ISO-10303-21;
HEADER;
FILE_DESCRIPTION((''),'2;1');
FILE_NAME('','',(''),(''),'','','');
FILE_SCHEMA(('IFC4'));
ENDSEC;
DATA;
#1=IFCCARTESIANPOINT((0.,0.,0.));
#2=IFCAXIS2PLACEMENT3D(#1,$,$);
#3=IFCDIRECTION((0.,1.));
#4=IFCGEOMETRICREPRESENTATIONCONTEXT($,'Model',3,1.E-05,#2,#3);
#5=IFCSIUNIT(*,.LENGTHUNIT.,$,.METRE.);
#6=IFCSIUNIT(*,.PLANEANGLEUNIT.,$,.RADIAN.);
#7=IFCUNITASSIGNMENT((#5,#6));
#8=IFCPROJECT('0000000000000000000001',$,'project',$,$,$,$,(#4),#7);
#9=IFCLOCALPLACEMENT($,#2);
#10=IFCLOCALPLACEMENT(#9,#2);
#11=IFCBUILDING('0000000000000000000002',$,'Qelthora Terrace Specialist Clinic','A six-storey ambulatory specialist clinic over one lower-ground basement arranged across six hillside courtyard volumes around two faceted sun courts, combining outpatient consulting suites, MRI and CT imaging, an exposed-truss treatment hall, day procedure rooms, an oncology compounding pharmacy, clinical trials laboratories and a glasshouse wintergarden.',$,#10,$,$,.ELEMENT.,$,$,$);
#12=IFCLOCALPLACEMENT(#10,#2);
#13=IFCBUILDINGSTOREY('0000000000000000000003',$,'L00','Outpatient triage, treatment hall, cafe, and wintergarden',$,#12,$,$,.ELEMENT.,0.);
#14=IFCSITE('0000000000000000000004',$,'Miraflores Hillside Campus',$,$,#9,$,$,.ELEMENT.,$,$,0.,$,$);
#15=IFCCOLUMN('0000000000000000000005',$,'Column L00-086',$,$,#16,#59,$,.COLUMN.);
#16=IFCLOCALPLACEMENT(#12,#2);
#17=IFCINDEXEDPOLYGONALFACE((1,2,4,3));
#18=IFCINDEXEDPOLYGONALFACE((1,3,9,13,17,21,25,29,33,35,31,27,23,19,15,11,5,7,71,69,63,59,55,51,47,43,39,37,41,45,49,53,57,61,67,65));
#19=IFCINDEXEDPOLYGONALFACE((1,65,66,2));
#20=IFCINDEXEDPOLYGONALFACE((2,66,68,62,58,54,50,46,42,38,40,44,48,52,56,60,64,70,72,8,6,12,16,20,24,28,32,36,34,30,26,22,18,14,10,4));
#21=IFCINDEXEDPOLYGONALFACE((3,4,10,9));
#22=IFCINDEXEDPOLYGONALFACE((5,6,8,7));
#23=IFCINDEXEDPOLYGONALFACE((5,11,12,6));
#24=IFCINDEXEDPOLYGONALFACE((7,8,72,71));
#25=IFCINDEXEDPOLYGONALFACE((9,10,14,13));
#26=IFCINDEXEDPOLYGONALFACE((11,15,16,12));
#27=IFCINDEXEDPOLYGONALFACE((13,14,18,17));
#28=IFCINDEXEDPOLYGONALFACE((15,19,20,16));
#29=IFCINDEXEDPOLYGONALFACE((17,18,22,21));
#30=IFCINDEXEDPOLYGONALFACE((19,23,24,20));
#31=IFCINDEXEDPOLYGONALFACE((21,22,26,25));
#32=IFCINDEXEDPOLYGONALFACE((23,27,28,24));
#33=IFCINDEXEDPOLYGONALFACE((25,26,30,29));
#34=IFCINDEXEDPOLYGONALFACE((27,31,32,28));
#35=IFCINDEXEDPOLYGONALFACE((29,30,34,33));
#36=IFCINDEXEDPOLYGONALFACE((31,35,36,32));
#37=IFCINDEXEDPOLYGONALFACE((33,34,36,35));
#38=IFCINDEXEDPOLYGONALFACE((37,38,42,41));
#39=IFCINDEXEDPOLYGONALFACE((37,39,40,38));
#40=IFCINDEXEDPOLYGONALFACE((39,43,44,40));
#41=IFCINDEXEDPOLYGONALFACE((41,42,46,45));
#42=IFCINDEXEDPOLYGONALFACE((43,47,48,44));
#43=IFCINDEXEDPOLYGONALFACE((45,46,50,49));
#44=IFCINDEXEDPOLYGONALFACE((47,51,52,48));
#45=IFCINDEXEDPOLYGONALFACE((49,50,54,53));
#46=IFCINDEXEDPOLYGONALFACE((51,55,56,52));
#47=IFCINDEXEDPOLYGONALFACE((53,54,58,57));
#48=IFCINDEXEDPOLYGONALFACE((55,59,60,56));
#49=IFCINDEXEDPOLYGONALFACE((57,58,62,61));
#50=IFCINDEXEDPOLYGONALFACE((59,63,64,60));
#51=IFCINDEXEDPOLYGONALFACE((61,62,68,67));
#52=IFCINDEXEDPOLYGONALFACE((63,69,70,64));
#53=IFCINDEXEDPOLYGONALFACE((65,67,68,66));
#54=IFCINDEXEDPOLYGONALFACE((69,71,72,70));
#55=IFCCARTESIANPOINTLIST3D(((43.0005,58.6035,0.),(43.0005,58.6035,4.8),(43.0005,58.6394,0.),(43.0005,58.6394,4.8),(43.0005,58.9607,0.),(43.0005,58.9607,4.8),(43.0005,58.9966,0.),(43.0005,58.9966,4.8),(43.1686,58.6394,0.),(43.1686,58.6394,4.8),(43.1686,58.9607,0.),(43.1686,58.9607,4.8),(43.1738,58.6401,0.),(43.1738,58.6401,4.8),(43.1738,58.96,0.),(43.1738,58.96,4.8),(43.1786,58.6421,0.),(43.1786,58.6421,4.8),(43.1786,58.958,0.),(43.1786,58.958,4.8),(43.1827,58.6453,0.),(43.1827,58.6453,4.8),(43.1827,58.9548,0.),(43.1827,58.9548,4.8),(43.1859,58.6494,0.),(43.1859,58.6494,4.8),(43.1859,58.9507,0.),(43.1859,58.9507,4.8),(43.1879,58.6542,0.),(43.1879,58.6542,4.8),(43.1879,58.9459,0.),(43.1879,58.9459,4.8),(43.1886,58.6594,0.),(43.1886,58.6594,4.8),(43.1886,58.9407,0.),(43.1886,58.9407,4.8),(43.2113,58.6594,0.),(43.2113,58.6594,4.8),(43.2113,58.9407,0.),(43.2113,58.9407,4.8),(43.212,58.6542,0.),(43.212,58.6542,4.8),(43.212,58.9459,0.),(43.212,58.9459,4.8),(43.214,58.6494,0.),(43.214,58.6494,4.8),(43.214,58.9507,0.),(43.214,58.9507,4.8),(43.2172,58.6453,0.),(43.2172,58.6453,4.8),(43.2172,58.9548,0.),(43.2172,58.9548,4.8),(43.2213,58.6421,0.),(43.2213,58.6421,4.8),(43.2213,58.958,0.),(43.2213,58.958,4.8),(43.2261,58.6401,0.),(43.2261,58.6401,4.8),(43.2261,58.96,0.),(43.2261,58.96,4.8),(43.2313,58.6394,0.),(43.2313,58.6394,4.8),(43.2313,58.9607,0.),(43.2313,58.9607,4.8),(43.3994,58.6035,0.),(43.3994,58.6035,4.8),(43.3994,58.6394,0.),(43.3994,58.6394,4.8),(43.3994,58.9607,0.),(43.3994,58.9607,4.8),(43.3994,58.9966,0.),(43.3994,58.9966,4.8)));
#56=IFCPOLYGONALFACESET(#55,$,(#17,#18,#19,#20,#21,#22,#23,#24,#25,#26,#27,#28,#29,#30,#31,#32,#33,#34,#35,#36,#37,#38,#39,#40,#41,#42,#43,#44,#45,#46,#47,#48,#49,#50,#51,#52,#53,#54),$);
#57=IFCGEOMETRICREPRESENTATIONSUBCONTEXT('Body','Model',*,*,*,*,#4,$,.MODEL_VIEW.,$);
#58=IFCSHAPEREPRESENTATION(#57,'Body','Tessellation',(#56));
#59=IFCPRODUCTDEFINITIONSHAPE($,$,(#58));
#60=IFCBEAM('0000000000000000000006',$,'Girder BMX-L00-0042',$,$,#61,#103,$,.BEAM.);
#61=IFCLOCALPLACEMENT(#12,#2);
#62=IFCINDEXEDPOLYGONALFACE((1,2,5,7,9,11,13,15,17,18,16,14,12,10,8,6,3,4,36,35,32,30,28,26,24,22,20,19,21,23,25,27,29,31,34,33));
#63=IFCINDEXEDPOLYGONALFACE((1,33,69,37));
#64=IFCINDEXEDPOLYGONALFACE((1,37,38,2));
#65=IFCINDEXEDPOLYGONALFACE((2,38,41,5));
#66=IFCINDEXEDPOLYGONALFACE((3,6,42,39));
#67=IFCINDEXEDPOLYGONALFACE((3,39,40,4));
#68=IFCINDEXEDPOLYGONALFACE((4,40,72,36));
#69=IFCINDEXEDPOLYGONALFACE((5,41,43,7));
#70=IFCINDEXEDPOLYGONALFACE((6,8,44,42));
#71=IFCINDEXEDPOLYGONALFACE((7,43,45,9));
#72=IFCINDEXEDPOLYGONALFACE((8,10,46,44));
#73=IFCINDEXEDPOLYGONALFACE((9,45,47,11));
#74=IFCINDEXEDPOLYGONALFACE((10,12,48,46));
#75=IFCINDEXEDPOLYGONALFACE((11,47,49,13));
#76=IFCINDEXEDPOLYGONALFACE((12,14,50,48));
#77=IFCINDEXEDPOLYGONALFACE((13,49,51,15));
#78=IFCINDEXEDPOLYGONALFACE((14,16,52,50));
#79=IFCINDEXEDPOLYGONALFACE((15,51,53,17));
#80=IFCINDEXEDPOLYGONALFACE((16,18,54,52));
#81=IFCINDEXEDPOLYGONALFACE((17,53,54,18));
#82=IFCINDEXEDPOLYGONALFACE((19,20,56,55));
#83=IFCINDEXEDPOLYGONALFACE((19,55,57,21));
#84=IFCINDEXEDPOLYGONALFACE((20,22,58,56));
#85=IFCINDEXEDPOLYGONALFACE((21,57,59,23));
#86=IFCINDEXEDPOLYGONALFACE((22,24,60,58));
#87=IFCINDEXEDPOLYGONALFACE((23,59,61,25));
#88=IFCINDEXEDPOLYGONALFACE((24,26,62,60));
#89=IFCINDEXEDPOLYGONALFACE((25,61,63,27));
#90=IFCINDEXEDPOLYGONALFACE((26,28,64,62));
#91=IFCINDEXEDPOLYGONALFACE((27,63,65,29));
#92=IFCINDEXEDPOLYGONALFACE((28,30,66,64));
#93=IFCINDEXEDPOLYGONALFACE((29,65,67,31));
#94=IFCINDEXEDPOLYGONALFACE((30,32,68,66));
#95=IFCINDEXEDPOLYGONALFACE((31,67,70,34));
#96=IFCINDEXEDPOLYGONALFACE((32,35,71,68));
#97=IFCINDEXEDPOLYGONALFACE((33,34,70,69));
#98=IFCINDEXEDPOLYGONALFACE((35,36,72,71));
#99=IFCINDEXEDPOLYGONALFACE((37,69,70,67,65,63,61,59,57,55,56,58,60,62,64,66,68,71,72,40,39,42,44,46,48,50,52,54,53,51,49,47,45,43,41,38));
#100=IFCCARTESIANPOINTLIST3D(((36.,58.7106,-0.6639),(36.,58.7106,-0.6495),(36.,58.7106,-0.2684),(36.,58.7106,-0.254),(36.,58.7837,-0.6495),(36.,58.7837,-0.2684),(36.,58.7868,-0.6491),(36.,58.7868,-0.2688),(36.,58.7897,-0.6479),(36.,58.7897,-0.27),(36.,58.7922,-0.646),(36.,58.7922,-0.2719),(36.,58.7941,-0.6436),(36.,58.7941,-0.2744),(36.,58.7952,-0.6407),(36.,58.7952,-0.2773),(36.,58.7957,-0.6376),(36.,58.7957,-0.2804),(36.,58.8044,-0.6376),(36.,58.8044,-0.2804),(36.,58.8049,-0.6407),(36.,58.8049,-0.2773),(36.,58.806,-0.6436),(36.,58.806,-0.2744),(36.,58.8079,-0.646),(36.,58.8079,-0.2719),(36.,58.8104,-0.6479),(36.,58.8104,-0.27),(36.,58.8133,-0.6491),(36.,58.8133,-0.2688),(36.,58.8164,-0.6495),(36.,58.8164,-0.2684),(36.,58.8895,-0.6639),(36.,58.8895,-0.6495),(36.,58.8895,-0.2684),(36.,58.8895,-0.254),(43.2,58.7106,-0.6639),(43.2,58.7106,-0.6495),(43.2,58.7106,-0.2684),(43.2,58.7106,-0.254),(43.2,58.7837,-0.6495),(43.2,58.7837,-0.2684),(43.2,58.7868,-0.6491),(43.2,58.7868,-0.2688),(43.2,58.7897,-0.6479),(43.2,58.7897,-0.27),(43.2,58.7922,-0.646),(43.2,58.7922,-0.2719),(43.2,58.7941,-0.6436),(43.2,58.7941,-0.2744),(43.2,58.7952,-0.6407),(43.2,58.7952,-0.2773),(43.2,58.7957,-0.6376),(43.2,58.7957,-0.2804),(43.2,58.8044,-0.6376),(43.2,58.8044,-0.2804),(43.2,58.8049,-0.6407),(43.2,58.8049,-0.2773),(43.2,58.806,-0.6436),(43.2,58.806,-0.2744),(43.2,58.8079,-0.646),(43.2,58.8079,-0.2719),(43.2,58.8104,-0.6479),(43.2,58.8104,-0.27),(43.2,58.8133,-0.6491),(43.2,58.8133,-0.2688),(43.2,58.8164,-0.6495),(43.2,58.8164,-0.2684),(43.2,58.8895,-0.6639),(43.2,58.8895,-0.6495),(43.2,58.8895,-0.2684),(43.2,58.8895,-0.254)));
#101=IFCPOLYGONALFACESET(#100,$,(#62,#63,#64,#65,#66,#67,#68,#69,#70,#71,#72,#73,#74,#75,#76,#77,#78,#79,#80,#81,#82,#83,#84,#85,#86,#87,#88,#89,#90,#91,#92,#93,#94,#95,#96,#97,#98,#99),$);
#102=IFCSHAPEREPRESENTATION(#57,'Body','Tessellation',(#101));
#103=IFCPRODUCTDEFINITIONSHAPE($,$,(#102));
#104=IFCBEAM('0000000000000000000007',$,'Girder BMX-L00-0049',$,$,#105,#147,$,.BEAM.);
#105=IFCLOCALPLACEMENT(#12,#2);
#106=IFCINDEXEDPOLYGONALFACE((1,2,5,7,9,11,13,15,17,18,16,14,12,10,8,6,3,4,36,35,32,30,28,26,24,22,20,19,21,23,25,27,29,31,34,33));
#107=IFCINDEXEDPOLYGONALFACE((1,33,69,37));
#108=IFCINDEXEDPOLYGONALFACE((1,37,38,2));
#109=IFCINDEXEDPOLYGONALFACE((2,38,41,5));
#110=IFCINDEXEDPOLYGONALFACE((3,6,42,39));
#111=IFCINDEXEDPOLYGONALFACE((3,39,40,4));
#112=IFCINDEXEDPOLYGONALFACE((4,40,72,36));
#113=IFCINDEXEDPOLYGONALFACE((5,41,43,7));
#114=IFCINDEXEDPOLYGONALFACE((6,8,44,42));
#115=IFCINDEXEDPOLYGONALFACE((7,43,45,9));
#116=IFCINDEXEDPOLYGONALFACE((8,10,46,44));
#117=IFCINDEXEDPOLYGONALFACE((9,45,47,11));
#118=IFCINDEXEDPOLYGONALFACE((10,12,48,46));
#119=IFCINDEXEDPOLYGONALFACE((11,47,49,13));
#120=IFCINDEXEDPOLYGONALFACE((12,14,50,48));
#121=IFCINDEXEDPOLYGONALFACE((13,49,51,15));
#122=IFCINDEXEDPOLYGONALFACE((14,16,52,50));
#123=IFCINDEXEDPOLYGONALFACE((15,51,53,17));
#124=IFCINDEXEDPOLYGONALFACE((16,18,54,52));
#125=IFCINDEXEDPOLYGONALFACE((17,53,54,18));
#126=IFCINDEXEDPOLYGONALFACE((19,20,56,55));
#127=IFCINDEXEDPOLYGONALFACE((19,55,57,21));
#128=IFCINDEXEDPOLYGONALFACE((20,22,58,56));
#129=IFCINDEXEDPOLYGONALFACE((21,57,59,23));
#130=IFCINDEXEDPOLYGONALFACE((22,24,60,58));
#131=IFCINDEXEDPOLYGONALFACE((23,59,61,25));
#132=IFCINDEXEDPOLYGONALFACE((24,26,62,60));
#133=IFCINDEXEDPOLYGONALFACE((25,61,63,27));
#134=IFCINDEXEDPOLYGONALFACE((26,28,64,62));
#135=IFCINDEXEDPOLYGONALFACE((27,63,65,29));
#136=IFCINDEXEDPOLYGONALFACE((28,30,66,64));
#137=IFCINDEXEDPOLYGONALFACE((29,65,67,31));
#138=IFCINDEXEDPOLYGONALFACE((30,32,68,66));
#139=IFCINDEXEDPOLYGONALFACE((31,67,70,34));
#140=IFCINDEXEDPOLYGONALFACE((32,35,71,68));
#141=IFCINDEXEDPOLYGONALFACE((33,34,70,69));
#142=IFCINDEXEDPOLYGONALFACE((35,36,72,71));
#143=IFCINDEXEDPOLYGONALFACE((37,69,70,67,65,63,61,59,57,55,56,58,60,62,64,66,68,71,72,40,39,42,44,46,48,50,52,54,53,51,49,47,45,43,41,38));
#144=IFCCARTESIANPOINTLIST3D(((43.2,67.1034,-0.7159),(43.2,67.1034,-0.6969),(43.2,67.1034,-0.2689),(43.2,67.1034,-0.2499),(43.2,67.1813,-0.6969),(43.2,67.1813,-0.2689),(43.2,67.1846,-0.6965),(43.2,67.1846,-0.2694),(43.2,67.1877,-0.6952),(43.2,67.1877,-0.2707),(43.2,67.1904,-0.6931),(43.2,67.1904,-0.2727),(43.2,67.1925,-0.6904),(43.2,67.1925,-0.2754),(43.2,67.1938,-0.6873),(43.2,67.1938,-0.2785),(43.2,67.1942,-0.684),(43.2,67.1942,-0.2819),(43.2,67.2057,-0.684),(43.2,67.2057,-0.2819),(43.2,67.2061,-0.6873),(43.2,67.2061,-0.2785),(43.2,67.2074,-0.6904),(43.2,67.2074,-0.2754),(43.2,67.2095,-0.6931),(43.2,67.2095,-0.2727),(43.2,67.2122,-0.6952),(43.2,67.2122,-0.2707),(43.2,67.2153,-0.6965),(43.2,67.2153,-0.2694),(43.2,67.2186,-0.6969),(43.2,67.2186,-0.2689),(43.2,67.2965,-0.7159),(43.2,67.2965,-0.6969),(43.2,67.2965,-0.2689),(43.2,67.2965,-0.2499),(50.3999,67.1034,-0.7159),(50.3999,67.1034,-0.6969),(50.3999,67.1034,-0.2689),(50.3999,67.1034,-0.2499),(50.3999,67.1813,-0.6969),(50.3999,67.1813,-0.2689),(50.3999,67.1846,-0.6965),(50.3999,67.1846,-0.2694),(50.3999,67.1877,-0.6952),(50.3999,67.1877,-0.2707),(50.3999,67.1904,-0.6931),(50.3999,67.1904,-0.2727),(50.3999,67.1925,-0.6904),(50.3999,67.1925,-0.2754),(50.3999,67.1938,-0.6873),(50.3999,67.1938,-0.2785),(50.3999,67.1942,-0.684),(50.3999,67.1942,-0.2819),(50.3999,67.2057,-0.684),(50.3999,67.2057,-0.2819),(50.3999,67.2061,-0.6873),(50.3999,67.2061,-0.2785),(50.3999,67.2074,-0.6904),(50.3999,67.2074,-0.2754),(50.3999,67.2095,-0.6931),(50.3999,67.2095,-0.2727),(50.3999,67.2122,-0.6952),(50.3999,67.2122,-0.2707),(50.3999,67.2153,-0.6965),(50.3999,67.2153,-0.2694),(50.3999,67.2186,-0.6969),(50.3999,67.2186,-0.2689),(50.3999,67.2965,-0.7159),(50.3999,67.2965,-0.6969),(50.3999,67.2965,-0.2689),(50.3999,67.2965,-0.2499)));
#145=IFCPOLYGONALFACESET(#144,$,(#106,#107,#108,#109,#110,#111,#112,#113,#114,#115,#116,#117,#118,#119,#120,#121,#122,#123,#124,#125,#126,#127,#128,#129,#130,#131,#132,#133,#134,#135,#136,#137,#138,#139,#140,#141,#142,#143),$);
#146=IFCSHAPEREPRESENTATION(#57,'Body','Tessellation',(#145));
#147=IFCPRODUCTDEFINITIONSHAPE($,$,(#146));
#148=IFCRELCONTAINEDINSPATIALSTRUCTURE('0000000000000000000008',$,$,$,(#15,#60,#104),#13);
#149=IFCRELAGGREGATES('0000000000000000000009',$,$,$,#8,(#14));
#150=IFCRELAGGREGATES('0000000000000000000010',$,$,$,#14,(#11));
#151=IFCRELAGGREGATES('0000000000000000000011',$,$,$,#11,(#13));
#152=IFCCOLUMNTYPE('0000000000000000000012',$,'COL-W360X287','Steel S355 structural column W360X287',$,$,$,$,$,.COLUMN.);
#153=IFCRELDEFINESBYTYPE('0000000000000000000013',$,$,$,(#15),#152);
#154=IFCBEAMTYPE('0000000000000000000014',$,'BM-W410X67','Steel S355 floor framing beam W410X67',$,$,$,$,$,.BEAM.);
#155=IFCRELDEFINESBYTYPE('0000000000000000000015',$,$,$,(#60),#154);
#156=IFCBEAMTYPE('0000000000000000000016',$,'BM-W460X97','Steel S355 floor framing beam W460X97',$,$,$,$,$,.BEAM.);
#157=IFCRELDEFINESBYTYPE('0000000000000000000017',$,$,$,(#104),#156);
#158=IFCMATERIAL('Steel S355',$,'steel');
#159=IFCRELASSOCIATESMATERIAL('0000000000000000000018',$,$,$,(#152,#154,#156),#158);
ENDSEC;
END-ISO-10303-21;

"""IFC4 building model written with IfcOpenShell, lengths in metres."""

from ifc_helpers import new_model, si_unit, direction, frame, origin, origin_2d, place, context, subcontext, project, spatial, i_section, extrude, material, material_profile, profile_set, type_object, element, save


model = new_model("IFC4")

# Units and contexts
model_context = context("Model", 3, precision=1e-05, world=origin(), true_north=direction((0.0, 1.0)))
body_context = subcontext(model_context, "Body", "Model", "MODEL_VIEW")
ifc_project = project(units=[si_unit("LENGTHUNIT", "METRE"), si_unit("PLANEANGLEUNIT", "RADIAN")], contexts=[model_context])

# Site, building, storey
site_placement = place(None, origin())
site = spatial("IfcSite", under=ifc_project, at=site_placement, Name="Miraflores Hillside Campus", CompositionType="ELEMENT", RefElevation=0.0)
building_placement = place(site_placement, origin())
building = spatial("IfcBuilding", under=site, at=building_placement, Name="Qelthora Terrace Specialist Clinic", Description="A six-storey ambulatory specialist clinic over one lower-ground basement arranged across six hillside courtyard volumes around two faceted sun courts, combining outpatient consulting suites, MRI and CT imaging, an exposed-truss treatment hall, day procedure rooms, an oncology compounding pharmacy, clinical trials laboratories and a glasshouse wintergarden.", CompositionType="ELEMENT")
storey_placement = place(building_placement, origin())
storey = spatial("IfcBuildingStorey", under=building, at=storey_placement, Name="L00", Description="Outpatient triage, treatment hall, cafe, and wintergarden", CompositionType="ELEMENT", Elevation=0.0)

# Column
ifc_material_1 = material(Name="Steel S355", Category="steel")
ifc_material_profile_1 = material_profile(ifc_material_1, i_section(OverallWidth=0.3989, OverallDepth=0.3931, WebThickness=0.0227, FlangeThickness=0.0359, FilletRadius=0.02, at=origin_2d()), Name="W360X287")
ifc_profile_set_1 = profile_set([ifc_material_profile_1], Name="Steel S355")
column_type_1 = type_object("IfcColumnType", Name="COL-W360X287", Description="Steel S355 structural column W360X287", PredefinedType="COLUMN", material=ifc_profile_set_1)
for number, where, z_axis, x_axis, name in (
    (1, (43.2, 58.8, 0.0), (0.0, 0.0, 1.0), (1.0, 0.0, 0.0), "Column L00-086"),
):
    element("IfcColumn", number, at=place(storey_placement, frame(where, z_axis=z_axis, x_axis=x_axis)), inside=storey, type_object=column_type_1, Name=name, PredefinedType="COLUMN", context=body_context, shape_type="SweptSolid", body=[
        extrude(i_section(OverallWidth=0.3989, OverallDepth=0.3931, WebThickness=0.0227, FlangeThickness=0.0359, FilletRadius=0.02, at=origin_2d()), origin(), (0.0, 0.0, 1.0), 4.8),
    ])

# Beams
ifc_material_profile_2 = material_profile(ifc_material_1, i_section(OverallWidth=0.179, OverallDepth=0.4099, WebThickness=0.0088, FlangeThickness=0.0144, FilletRadius=0.012, at=origin_2d()), Name="W410X67")
ifc_profile_set_2 = profile_set([ifc_material_profile_2], Name="Steel S355")
beam_type_1 = type_object("IfcBeamType", Name="BM-W410X67", Description="Steel S355 floor framing beam W410X67", PredefinedType="BEAM", material=ifc_profile_set_2)
beam_1_placement = place(storey_placement, frame((36.0, 58.8, -0.459), z_axis=(1.0, 0.0, 0.0), x_axis=(0.0, 1.0, 0.0)))
element("IfcBeam", 2, at=beam_1_placement, inside=storey, type_object=beam_type_1, Name="Girder BMX-L00-0042", PredefinedType="BEAM", context=body_context, shape_type="SweptSolid", body=[
    extrude(i_section(OverallWidth=0.179, OverallDepth=0.4099, WebThickness=0.0088, FlangeThickness=0.0144, FilletRadius=0.012, at=origin_2d()), origin(), (0.0, 0.0, 1.0), 7.2),
])
ifc_material_profile_3 = material_profile(ifc_material_1, i_section(OverallWidth=0.1931, OverallDepth=0.4661, WebThickness=0.0115, FlangeThickness=0.019, FilletRadius=0.0129, at=origin_2d()), Name="W460X97")
ifc_profile_set_3 = profile_set([ifc_material_profile_3], Name="Steel S355")
beam_type_2 = type_object("IfcBeamType", Name="BM-W460X97", Description="Steel S355 floor framing beam W460X97", PredefinedType="BEAM", material=ifc_profile_set_3)
beam_2_placement = place(storey_placement, frame((43.2, 67.2, -0.4829), z_axis=(1.0, 0.0, 0.0), x_axis=(0.0, 1.0, 0.0)))
element("IfcBeam", 3, at=beam_2_placement, inside=storey, type_object=beam_type_2, Name="Girder BMX-L00-0049", PredefinedType="BEAM", context=body_context, shape_type="SweptSolid", body=[
    extrude(i_section(OverallWidth=0.1931, OverallDepth=0.4661, WebThickness=0.0115, FlangeThickness=0.019, FilletRadius=0.0129, at=origin_2d()), origin(), (0.0, 0.0, 1.0), 7.2),
])

save(model, "model.ifc")
